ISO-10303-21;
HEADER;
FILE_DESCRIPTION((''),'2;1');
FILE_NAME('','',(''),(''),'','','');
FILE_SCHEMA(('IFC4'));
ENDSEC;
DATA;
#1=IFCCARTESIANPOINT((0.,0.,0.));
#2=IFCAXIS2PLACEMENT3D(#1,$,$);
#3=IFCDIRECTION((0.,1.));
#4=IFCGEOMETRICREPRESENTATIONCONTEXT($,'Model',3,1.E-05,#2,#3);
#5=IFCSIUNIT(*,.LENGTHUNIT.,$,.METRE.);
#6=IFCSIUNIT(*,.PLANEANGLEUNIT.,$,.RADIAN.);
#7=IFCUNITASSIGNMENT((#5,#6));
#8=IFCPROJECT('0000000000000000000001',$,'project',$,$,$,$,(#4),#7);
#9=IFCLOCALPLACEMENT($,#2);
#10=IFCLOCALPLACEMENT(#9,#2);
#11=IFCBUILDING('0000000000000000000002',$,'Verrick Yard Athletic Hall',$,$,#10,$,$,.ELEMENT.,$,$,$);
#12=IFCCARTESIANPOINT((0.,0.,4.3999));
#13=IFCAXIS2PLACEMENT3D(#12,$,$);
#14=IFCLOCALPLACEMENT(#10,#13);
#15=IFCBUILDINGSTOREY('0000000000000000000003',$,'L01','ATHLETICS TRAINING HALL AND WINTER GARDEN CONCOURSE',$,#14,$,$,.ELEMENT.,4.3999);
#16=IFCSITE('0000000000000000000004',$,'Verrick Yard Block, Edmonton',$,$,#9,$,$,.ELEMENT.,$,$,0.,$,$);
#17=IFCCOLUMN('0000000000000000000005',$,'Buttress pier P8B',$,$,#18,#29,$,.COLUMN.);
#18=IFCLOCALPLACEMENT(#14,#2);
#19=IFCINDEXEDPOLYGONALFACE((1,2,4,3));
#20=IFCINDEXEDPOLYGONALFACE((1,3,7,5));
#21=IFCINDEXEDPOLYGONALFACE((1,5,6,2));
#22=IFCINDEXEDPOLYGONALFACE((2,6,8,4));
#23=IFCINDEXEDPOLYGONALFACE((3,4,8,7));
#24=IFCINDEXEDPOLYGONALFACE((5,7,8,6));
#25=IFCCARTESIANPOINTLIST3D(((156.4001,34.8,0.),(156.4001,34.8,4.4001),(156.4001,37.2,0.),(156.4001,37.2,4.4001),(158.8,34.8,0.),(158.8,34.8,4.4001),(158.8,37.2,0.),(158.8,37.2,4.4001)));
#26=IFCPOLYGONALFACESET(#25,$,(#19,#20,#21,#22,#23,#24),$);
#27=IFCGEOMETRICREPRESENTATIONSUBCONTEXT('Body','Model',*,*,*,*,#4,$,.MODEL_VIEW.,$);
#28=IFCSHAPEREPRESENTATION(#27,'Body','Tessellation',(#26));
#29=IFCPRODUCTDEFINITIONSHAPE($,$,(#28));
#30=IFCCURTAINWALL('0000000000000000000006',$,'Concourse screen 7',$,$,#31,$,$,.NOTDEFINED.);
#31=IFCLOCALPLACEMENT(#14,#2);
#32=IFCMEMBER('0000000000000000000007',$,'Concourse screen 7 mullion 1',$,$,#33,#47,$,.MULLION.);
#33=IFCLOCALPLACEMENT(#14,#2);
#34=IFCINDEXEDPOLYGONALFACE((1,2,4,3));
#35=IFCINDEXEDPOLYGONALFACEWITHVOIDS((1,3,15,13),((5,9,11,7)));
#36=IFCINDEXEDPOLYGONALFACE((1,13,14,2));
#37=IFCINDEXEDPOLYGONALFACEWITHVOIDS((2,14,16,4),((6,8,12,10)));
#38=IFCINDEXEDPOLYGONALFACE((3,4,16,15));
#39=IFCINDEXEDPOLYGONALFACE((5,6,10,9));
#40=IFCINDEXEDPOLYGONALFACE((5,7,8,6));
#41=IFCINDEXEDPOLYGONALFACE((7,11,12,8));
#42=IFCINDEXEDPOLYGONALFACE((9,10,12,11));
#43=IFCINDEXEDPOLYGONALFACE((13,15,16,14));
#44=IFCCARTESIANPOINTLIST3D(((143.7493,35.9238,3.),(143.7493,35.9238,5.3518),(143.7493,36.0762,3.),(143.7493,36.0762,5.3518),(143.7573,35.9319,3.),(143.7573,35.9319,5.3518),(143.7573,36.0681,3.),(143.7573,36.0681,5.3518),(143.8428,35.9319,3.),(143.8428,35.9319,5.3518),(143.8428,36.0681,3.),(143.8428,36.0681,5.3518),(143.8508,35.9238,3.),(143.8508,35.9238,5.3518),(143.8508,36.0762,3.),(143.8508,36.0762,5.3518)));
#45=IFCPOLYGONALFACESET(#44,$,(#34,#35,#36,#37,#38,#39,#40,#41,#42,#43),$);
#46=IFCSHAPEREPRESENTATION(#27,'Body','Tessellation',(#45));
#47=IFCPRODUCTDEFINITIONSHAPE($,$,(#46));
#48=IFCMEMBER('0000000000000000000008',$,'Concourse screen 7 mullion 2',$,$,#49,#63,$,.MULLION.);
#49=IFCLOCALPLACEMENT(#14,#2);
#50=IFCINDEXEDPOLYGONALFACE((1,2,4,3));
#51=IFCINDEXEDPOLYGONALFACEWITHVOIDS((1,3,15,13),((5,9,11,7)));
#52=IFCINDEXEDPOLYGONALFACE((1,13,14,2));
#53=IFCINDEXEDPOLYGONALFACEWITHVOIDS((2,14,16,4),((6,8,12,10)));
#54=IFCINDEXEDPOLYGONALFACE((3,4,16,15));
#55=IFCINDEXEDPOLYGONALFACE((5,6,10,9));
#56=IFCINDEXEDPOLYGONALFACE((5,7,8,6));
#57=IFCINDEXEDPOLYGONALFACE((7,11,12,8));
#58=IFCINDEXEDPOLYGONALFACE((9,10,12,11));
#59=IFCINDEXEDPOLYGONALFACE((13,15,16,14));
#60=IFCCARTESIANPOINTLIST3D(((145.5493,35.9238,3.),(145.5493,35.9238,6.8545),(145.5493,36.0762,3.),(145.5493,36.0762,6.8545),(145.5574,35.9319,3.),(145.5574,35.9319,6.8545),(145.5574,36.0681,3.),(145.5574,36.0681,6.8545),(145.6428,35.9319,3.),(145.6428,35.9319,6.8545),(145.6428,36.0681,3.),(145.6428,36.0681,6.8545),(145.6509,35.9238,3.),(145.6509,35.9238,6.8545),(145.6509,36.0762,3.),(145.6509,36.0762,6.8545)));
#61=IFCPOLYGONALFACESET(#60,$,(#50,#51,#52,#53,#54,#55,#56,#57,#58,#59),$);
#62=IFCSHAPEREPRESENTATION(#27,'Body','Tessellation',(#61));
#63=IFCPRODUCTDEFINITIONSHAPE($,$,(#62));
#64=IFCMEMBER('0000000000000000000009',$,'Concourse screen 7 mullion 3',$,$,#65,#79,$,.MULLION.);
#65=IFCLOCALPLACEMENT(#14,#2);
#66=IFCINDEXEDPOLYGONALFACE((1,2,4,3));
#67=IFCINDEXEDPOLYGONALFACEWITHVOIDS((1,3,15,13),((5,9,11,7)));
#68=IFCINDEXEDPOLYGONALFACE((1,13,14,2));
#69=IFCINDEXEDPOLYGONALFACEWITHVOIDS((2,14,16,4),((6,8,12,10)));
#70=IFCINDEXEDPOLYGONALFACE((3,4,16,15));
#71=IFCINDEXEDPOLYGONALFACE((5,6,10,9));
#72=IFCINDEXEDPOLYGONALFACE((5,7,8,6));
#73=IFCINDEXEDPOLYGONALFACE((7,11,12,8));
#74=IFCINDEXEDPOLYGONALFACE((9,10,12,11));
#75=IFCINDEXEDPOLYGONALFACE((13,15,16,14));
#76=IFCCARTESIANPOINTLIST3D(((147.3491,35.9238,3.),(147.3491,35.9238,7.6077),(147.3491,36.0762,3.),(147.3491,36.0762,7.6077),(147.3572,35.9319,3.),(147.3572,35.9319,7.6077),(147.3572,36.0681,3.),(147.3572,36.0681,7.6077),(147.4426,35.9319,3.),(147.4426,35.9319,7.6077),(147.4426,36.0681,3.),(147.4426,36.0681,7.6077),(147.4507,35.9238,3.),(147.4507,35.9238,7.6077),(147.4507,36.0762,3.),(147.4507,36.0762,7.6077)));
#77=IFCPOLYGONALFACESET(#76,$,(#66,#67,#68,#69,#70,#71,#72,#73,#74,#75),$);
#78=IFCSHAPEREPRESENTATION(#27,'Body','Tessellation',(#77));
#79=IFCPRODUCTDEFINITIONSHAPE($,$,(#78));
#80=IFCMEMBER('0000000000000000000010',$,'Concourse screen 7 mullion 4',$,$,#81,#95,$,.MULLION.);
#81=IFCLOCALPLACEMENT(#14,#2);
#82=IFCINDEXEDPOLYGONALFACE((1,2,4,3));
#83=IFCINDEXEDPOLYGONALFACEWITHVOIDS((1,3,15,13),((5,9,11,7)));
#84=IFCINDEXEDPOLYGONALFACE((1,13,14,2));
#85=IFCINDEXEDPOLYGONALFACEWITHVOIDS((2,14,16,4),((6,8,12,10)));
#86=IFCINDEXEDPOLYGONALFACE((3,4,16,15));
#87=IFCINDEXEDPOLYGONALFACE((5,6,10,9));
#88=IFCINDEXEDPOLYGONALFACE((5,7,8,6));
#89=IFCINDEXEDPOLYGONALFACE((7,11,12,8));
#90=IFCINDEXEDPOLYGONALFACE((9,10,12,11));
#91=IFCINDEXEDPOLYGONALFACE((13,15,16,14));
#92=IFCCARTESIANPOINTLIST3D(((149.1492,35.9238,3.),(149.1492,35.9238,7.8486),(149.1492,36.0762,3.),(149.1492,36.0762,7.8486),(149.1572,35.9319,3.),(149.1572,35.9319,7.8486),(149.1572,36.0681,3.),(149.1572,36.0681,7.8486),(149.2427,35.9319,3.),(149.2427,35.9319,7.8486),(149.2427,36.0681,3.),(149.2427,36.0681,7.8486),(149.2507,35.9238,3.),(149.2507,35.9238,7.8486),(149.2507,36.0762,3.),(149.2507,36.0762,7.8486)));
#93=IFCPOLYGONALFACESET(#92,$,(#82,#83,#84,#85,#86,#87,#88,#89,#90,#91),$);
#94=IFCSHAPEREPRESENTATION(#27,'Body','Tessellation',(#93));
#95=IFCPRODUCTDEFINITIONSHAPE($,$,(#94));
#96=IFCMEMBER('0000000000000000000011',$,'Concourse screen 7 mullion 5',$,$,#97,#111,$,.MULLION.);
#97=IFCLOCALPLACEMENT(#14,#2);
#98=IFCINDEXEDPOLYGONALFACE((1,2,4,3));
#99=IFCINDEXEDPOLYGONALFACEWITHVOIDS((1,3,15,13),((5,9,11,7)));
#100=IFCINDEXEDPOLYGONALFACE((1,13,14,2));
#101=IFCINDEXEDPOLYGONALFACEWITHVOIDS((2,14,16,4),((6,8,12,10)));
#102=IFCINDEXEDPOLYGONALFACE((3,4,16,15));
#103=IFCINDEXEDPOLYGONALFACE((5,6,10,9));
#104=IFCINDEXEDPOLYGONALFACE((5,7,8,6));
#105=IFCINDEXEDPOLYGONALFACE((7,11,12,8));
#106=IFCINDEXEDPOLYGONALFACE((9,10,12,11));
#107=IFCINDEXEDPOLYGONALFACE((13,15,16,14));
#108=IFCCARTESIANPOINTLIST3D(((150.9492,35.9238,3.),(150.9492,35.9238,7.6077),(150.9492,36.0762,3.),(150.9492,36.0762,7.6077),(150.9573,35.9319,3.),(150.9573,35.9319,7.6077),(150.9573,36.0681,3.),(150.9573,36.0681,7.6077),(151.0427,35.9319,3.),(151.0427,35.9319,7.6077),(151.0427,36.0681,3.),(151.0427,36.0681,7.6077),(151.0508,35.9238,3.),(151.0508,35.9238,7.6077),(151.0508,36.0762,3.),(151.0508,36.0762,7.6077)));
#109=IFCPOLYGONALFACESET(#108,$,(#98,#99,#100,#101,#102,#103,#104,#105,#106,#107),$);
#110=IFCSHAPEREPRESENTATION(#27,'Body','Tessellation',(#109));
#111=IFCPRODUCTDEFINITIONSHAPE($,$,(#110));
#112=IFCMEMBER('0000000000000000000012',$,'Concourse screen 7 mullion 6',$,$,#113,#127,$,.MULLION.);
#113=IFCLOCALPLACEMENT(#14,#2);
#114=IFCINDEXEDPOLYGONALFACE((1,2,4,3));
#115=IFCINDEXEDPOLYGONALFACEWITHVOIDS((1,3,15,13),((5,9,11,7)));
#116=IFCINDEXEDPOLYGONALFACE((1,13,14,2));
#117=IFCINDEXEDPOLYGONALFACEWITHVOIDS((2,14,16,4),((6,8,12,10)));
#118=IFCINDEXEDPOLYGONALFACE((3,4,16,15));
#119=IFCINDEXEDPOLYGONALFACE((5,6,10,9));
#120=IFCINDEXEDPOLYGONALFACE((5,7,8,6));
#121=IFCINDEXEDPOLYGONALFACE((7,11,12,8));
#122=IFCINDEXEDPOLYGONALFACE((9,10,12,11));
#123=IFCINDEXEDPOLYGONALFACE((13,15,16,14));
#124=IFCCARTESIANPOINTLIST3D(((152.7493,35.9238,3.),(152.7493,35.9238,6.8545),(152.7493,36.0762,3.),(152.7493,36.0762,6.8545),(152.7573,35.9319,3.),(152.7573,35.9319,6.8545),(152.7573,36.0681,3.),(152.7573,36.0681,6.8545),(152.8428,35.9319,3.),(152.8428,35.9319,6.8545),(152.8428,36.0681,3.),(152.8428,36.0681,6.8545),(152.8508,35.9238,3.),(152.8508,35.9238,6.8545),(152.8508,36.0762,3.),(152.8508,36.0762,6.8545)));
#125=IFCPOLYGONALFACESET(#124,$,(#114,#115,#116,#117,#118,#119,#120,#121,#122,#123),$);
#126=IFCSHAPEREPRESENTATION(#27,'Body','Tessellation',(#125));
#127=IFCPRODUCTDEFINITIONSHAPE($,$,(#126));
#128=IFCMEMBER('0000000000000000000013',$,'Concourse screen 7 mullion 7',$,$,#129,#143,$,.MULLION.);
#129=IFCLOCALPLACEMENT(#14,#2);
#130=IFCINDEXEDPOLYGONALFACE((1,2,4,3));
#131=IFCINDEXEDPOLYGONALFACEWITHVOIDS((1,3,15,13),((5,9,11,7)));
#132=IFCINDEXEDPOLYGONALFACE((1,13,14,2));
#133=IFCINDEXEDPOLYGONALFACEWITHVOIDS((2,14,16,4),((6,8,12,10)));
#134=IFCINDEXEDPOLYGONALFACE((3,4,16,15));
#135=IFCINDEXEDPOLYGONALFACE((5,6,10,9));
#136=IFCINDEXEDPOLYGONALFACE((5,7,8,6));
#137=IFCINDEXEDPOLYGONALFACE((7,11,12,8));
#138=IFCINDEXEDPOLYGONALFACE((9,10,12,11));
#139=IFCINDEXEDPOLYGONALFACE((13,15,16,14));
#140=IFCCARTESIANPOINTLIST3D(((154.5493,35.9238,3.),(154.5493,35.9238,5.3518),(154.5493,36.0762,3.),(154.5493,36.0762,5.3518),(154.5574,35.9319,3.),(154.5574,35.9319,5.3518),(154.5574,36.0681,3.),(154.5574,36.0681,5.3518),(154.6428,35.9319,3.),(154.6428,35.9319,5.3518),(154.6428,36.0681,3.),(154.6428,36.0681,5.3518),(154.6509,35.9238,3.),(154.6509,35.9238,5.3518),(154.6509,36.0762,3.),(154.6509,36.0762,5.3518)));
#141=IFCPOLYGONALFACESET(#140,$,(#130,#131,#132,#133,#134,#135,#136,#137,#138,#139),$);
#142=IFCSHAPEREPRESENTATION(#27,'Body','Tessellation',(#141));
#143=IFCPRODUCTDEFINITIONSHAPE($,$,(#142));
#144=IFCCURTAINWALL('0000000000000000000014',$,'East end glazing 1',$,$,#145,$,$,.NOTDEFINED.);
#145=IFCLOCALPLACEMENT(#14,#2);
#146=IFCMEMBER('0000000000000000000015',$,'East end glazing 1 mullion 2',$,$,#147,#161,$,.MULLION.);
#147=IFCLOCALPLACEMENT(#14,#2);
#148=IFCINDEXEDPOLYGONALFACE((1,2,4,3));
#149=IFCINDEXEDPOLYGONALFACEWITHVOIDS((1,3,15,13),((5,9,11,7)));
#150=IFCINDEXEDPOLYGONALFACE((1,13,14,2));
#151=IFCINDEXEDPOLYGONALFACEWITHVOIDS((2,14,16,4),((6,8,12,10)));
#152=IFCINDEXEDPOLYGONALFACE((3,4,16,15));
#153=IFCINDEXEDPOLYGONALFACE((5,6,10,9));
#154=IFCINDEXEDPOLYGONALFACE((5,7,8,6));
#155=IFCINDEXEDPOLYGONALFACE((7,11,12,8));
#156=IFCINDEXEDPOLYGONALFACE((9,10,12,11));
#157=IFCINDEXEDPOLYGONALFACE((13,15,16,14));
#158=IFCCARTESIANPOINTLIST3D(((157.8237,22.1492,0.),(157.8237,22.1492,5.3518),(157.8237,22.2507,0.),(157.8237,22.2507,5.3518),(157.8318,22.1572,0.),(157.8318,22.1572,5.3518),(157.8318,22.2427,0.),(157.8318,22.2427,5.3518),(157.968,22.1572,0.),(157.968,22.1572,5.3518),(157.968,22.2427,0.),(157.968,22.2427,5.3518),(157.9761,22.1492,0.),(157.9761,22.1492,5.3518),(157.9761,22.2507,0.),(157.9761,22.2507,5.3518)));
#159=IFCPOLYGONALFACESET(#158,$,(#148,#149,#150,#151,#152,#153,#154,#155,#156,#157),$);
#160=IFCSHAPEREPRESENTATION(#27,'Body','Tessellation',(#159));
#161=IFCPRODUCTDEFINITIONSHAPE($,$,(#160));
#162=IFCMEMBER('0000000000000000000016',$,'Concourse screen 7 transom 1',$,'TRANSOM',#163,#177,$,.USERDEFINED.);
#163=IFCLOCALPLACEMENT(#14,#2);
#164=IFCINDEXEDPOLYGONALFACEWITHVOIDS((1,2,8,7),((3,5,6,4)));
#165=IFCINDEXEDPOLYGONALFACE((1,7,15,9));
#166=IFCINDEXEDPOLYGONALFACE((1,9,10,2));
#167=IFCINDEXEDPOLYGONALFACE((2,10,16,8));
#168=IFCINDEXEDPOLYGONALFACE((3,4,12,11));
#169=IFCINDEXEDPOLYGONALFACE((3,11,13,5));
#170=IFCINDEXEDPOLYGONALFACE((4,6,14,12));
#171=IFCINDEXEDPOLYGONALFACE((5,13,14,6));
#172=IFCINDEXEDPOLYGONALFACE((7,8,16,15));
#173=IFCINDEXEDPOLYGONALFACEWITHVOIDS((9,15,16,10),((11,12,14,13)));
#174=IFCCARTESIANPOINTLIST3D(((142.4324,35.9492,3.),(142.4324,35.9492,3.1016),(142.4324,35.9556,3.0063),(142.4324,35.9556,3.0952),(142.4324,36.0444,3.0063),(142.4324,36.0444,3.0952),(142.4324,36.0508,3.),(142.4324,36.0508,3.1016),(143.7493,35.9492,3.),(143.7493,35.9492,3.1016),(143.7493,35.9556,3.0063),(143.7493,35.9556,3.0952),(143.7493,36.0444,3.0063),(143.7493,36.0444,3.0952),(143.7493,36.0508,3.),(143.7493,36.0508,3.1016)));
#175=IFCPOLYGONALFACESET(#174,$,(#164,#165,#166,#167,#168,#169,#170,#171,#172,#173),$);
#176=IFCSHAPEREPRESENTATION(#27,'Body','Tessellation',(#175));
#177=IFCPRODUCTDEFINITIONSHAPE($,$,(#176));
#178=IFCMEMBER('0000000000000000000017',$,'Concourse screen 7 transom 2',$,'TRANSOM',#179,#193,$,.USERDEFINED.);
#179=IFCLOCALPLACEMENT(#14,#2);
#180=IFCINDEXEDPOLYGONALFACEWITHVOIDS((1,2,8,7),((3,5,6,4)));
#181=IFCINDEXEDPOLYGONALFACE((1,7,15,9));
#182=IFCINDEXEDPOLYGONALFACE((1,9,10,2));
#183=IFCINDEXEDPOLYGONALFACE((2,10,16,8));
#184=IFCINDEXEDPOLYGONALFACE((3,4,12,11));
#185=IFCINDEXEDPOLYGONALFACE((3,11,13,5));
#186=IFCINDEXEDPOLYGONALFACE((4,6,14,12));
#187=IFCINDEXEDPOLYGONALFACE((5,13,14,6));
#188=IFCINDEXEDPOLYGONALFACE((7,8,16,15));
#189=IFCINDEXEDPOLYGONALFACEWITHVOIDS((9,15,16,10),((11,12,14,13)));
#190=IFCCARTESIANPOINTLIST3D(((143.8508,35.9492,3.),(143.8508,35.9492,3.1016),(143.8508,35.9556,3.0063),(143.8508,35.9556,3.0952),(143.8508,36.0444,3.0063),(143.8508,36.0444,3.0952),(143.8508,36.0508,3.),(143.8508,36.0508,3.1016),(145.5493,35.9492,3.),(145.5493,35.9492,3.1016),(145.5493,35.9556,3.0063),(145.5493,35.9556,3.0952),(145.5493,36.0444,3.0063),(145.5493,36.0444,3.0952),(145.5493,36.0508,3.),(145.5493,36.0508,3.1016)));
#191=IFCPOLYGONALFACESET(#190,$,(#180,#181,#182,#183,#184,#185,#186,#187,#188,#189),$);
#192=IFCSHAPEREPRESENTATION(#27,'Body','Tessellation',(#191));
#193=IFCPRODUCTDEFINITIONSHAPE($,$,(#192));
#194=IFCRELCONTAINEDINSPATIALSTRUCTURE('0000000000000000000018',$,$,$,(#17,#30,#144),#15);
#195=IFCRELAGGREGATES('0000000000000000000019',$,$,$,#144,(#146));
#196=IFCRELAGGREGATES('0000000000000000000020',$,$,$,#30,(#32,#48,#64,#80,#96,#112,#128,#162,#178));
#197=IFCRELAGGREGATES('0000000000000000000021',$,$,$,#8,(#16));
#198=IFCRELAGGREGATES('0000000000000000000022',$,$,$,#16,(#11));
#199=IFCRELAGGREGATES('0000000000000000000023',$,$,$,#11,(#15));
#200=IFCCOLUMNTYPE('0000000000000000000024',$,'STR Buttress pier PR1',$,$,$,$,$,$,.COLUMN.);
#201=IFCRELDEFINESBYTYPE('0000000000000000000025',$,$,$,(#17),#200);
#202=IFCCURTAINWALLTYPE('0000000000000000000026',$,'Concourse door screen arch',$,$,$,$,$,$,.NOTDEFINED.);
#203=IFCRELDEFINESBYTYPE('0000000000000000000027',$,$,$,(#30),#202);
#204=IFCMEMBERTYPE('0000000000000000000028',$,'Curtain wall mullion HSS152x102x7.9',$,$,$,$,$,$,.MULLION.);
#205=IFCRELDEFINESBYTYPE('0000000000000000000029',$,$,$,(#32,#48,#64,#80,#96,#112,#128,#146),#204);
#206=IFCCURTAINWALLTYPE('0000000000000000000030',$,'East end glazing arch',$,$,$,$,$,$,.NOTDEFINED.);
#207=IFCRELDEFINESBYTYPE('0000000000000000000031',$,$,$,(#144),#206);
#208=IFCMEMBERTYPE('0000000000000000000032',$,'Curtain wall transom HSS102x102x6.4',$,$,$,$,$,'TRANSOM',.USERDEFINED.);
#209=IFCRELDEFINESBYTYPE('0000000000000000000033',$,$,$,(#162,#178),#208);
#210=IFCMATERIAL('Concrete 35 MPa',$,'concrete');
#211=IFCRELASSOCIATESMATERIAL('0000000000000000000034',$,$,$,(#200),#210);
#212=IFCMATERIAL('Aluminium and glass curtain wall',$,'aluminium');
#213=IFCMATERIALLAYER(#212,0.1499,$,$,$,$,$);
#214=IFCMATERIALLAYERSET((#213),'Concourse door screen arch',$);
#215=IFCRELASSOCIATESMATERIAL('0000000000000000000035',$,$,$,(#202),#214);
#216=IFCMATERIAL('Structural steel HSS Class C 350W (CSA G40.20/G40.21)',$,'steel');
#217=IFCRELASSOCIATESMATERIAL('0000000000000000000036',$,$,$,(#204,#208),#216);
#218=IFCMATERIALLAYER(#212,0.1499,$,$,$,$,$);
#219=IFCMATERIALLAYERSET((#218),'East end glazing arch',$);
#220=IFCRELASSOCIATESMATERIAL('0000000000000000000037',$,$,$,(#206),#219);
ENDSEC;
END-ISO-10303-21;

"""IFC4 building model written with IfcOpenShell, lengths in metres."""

from ifc_helpers import new_model, si_unit, direction, frame, origin, origin_2d, place, context, subcontext, project, spatial, rectangle, hollow_rectangle, extrude, material, layer, layer_set, material_profile, profile_set, type_object, element, aggregate, save


model = new_model("IFC4")

# Units and contexts
model_context = context("Model", 3, precision=1e-05, world=origin(), true_north=direction((0.0, 1.0)))
body_context = subcontext(model_context, "Body", "Model", "MODEL_VIEW")
ifc_project = project(units=[si_unit("LENGTHUNIT", "METRE"), si_unit("PLANEANGLEUNIT", "RADIAN")], contexts=[model_context])

# Site, building, storey
site_placement = place(None, origin())
site = spatial("IfcSite", under=ifc_project, at=site_placement, Name="Verrick Yard Block, Edmonton", CompositionType="ELEMENT", RefElevation=0.0)
building_placement = place(site_placement, origin())
building = spatial("IfcBuilding", under=site, at=building_placement, Name="Verrick Yard Athletic Hall", CompositionType="ELEMENT")
storey_placement = place(building_placement, frame((0.0, 0.0, 4.3999)))
storey = spatial("IfcBuildingStorey", under=building, at=storey_placement, Name="L01", Description="ATHLETICS TRAINING HALL AND WINTER GARDEN CONCOURSE", CompositionType="ELEMENT", Elevation=4.3999)

# Column
ifc_material_1 = material(Name="Concrete 35 MPa", Category="concrete")
ifc_material_profile_1 = material_profile(ifc_material_1, rectangle(XDim=2.3999, YDim=2.3999, at=origin_2d()), Name="STR Buttress pier PR1")
ifc_profile_set_1 = profile_set([ifc_material_profile_1], Name="Concrete 35 MPa")
column_type = type_object("IfcColumnType", Name="STR Buttress pier PR1", PredefinedType="COLUMN", material=ifc_profile_set_1)
column_placement = place(storey_placement, frame((157.6001, 36.0, 0.0), z_axis=(0.0, 0.0, 1.0), x_axis=(1.0, 0.0, 0.0)))
element("IfcColumn", 1, at=column_placement, inside=storey, type_object=column_type, Name="Buttress pier P8B", PredefinedType="COLUMN", context=body_context, shape_type="SweptSolid", body=[
    extrude(rectangle(XDim=2.3999, YDim=2.3999, at=origin_2d()), origin(), (0.0, 0.0, 1.0), 4.4001),
])

# Curtain wall, members
ifc_material_2 = material(Name="Aluminium and glass curtain wall", Category="aluminium")
ifc_layer_1 = layer(ifc_material_2, 0.1499)
ifc_layer_set_1 = layer_set([ifc_layer_1], Name="Concourse door screen arch")
curtain_wall_type_1 = type_object("IfcCurtainWallType", Name="Concourse door screen arch", PredefinedType="NOTDEFINED", material=ifc_layer_set_1)
curtain_wall_1_placement = place(storey_placement, origin())
curtain_wall_1 = element("IfcCurtainWall", 2, at=curtain_wall_1_placement, inside=storey, type_object=curtain_wall_type_1, Name="Concourse screen 7", PredefinedType="NOTDEFINED")
ifc_material_3 = material(Name="Structural steel HSS Class C 350W (CSA G40.20/G40.21)", Category="steel")
ifc_material_profile_2 = material_profile(ifc_material_3, hollow_rectangle(XDim=0.1016, YDim=0.1523, WallThickness=0.0081, at=origin_2d()), Name="HSS152x102x7.9")
ifc_profile_set_2 = profile_set([ifc_material_profile_2], Name="Structural steel HSS Class C 350W (CSA G40.20/G40.21)")
member_type_1 = type_object("IfcMemberType", Name="Curtain wall mullion HSS152x102x7.9", PredefinedType="MULLION", material=ifc_profile_set_2)
member_1_placement = place(storey_placement, frame((143.8, 36.0, 3.0), z_axis=(0.0, 0.0, 1.0), x_axis=(1.0, 0.0, 0.0)))
member_1 = element("IfcMember", 3, at=member_1_placement, type_object=member_type_1, Name="Concourse screen 7 mullion 1", PredefinedType="MULLION", context=body_context, shape_type="SweptSolid", body=[
    extrude(hollow_rectangle(XDim=0.1016, YDim=0.1523, WallThickness=0.0081, at=origin_2d()), origin(), (0.0, 0.0, 1.0), 2.3518),
])
member_2_placement = place(storey_placement, frame((145.6001, 36.0, 3.0), z_axis=(0.0, 0.0, 1.0), x_axis=(1.0, 0.0, 0.0)))
member_2 = element("IfcMember", 4, at=member_2_placement, type_object=member_type_1, Name="Concourse screen 7 mullion 2", PredefinedType="MULLION", context=body_context, shape_type="SweptSolid", body=[
    extrude(hollow_rectangle(XDim=0.1016, YDim=0.1523, WallThickness=0.0081, at=origin_2d()), origin(), (0.0, 0.0, 1.0), 3.8545),
])
member_3_placement = place(storey_placement, frame((147.3999, 36.0, 3.0), z_axis=(0.0, 0.0, 1.0), x_axis=(1.0, 0.0, 0.0)))
member_3 = element("IfcMember", 5, at=member_3_placement, type_object=member_type_1, Name="Concourse screen 7 mullion 3", PredefinedType="MULLION", context=body_context, shape_type="SweptSolid", body=[
    extrude(hollow_rectangle(XDim=0.1016, YDim=0.1523, WallThickness=0.0081, at=origin_2d()), origin(), (0.0, 0.0, 1.0), 4.6077),
])
member_4_placement = place(storey_placement, frame((149.2, 36.0, 3.0), z_axis=(0.0, 0.0, 1.0), x_axis=(1.0, 0.0, 0.0)))
member_4 = element("IfcMember", 6, at=member_4_placement, type_object=member_type_1, Name="Concourse screen 7 mullion 4", PredefinedType="MULLION", context=body_context, shape_type="SweptSolid", body=[
    extrude(hollow_rectangle(XDim=0.1016, YDim=0.1523, WallThickness=0.0081, at=origin_2d()), origin(), (0.0, 0.0, 1.0), 4.8486),
])
member_5_placement = place(storey_placement, frame((151.0, 36.0, 3.0), z_axis=(0.0, 0.0, 1.0), x_axis=(1.0, 0.0, 0.0)))
member_5 = element("IfcMember", 7, at=member_5_placement, type_object=member_type_1, Name="Concourse screen 7 mullion 5", PredefinedType="MULLION", context=body_context, shape_type="SweptSolid", body=[
    extrude(hollow_rectangle(XDim=0.1016, YDim=0.1523, WallThickness=0.0081, at=origin_2d()), origin(), (0.0, 0.0, 1.0), 4.6077),
])
member_6_placement = place(storey_placement, frame((152.8, 36.0, 3.0), z_axis=(0.0, 0.0, 1.0), x_axis=(1.0, 0.0, 0.0)))
member_6 = element("IfcMember", 8, at=member_6_placement, type_object=member_type_1, Name="Concourse screen 7 mullion 6", PredefinedType="MULLION", context=body_context, shape_type="SweptSolid", body=[
    extrude(hollow_rectangle(XDim=0.1016, YDim=0.1523, WallThickness=0.0081, at=origin_2d()), origin(), (0.0, 0.0, 1.0), 3.8545),
])
member_7_placement = place(storey_placement, frame((154.6001, 36.0, 3.0), z_axis=(0.0, 0.0, 1.0), x_axis=(1.0, 0.0, 0.0)))
member_7 = element("IfcMember", 9, at=member_7_placement, type_object=member_type_1, Name="Concourse screen 7 mullion 7", PredefinedType="MULLION", context=body_context, shape_type="SweptSolid", body=[
    extrude(hollow_rectangle(XDim=0.1016, YDim=0.1523, WallThickness=0.0081, at=origin_2d()), origin(), (0.0, 0.0, 1.0), 2.3518),
])

# Curtain wall, member
ifc_layer_2 = layer(ifc_material_2, 0.1499)
ifc_layer_set_2 = layer_set([ifc_layer_2], Name="East end glazing arch")
curtain_wall_type_2 = type_object("IfcCurtainWallType", Name="East end glazing arch", PredefinedType="NOTDEFINED", material=ifc_layer_set_2)
curtain_wall_2_placement = place(storey_placement, origin())
curtain_wall_2 = element("IfcCurtainWall", 10, at=curtain_wall_2_placement, inside=storey, type_object=curtain_wall_type_2, Name="East end glazing 1", PredefinedType="NOTDEFINED")
member_8_placement = place(storey_placement, frame((157.8999, 22.2, 0.0), z_axis=(0.0, 0.0, 1.0), x_axis=(0.0, 1.0, 0.0)))
member_8 = element("IfcMember", 11, at=member_8_placement, type_object=member_type_1, Name="East end glazing 1 mullion 2", PredefinedType="MULLION", context=body_context, shape_type="SweptSolid", body=[
    extrude(hollow_rectangle(XDim=0.1016, YDim=0.1523, WallThickness=0.0081, at=origin_2d()), origin(), (0.0, 0.0, 1.0), 5.3518),
])
aggregate(curtain_wall_2, [member_8])

# Members
ifc_material_profile_3 = material_profile(ifc_material_3, hollow_rectangle(XDim=0.1016, YDim=0.1016, WallThickness=0.0063, at=origin_2d()), Name="HSS102x102x6.4")
ifc_profile_set_3 = profile_set([ifc_material_profile_3], Name="Structural steel HSS Class C 350W (CSA G40.20/G40.21)")
member_type_2 = type_object("IfcMemberType", Name="Curtain wall transom HSS102x102x6.4", ElementType="TRANSOM", PredefinedType="USERDEFINED", material=ifc_profile_set_3)
member_9_placement = place(storey_placement, frame((142.4324, 36.0, 3.0508), z_axis=(1.0, 0.0, 0.0), x_axis=(0.0, 1.0, 0.0)))
member_9 = element("IfcMember", 12, at=member_9_placement, type_object=member_type_2, Name="Concourse screen 7 transom 1", ObjectType="TRANSOM", PredefinedType="USERDEFINED", context=body_context, shape_type="SweptSolid", body=[
    extrude(hollow_rectangle(XDim=0.1016, YDim=0.1016, WallThickness=0.0063, at=origin_2d()), origin(), (0.0, 0.0, 1.0), 1.3169),
])
member_10_placement = place(storey_placement, frame((143.8508, 36.0, 3.0508), z_axis=(1.0, 0.0, 0.0), x_axis=(0.0, 1.0, 0.0)))
member_10 = element("IfcMember", 13, at=member_10_placement, type_object=member_type_2, Name="Concourse screen 7 transom 2", ObjectType="TRANSOM", PredefinedType="USERDEFINED", context=body_context, shape_type="SweptSolid", body=[
    extrude(hollow_rectangle(XDim=0.1016, YDim=0.1016, WallThickness=0.0063, at=origin_2d()), origin(), (0.0, 0.0, 1.0), 1.6985),
])
aggregate(curtain_wall_1, [member_1, member_2, member_3, member_4, member_5, member_6, member_7, member_9, member_10])

save(model, "model.ifc")
